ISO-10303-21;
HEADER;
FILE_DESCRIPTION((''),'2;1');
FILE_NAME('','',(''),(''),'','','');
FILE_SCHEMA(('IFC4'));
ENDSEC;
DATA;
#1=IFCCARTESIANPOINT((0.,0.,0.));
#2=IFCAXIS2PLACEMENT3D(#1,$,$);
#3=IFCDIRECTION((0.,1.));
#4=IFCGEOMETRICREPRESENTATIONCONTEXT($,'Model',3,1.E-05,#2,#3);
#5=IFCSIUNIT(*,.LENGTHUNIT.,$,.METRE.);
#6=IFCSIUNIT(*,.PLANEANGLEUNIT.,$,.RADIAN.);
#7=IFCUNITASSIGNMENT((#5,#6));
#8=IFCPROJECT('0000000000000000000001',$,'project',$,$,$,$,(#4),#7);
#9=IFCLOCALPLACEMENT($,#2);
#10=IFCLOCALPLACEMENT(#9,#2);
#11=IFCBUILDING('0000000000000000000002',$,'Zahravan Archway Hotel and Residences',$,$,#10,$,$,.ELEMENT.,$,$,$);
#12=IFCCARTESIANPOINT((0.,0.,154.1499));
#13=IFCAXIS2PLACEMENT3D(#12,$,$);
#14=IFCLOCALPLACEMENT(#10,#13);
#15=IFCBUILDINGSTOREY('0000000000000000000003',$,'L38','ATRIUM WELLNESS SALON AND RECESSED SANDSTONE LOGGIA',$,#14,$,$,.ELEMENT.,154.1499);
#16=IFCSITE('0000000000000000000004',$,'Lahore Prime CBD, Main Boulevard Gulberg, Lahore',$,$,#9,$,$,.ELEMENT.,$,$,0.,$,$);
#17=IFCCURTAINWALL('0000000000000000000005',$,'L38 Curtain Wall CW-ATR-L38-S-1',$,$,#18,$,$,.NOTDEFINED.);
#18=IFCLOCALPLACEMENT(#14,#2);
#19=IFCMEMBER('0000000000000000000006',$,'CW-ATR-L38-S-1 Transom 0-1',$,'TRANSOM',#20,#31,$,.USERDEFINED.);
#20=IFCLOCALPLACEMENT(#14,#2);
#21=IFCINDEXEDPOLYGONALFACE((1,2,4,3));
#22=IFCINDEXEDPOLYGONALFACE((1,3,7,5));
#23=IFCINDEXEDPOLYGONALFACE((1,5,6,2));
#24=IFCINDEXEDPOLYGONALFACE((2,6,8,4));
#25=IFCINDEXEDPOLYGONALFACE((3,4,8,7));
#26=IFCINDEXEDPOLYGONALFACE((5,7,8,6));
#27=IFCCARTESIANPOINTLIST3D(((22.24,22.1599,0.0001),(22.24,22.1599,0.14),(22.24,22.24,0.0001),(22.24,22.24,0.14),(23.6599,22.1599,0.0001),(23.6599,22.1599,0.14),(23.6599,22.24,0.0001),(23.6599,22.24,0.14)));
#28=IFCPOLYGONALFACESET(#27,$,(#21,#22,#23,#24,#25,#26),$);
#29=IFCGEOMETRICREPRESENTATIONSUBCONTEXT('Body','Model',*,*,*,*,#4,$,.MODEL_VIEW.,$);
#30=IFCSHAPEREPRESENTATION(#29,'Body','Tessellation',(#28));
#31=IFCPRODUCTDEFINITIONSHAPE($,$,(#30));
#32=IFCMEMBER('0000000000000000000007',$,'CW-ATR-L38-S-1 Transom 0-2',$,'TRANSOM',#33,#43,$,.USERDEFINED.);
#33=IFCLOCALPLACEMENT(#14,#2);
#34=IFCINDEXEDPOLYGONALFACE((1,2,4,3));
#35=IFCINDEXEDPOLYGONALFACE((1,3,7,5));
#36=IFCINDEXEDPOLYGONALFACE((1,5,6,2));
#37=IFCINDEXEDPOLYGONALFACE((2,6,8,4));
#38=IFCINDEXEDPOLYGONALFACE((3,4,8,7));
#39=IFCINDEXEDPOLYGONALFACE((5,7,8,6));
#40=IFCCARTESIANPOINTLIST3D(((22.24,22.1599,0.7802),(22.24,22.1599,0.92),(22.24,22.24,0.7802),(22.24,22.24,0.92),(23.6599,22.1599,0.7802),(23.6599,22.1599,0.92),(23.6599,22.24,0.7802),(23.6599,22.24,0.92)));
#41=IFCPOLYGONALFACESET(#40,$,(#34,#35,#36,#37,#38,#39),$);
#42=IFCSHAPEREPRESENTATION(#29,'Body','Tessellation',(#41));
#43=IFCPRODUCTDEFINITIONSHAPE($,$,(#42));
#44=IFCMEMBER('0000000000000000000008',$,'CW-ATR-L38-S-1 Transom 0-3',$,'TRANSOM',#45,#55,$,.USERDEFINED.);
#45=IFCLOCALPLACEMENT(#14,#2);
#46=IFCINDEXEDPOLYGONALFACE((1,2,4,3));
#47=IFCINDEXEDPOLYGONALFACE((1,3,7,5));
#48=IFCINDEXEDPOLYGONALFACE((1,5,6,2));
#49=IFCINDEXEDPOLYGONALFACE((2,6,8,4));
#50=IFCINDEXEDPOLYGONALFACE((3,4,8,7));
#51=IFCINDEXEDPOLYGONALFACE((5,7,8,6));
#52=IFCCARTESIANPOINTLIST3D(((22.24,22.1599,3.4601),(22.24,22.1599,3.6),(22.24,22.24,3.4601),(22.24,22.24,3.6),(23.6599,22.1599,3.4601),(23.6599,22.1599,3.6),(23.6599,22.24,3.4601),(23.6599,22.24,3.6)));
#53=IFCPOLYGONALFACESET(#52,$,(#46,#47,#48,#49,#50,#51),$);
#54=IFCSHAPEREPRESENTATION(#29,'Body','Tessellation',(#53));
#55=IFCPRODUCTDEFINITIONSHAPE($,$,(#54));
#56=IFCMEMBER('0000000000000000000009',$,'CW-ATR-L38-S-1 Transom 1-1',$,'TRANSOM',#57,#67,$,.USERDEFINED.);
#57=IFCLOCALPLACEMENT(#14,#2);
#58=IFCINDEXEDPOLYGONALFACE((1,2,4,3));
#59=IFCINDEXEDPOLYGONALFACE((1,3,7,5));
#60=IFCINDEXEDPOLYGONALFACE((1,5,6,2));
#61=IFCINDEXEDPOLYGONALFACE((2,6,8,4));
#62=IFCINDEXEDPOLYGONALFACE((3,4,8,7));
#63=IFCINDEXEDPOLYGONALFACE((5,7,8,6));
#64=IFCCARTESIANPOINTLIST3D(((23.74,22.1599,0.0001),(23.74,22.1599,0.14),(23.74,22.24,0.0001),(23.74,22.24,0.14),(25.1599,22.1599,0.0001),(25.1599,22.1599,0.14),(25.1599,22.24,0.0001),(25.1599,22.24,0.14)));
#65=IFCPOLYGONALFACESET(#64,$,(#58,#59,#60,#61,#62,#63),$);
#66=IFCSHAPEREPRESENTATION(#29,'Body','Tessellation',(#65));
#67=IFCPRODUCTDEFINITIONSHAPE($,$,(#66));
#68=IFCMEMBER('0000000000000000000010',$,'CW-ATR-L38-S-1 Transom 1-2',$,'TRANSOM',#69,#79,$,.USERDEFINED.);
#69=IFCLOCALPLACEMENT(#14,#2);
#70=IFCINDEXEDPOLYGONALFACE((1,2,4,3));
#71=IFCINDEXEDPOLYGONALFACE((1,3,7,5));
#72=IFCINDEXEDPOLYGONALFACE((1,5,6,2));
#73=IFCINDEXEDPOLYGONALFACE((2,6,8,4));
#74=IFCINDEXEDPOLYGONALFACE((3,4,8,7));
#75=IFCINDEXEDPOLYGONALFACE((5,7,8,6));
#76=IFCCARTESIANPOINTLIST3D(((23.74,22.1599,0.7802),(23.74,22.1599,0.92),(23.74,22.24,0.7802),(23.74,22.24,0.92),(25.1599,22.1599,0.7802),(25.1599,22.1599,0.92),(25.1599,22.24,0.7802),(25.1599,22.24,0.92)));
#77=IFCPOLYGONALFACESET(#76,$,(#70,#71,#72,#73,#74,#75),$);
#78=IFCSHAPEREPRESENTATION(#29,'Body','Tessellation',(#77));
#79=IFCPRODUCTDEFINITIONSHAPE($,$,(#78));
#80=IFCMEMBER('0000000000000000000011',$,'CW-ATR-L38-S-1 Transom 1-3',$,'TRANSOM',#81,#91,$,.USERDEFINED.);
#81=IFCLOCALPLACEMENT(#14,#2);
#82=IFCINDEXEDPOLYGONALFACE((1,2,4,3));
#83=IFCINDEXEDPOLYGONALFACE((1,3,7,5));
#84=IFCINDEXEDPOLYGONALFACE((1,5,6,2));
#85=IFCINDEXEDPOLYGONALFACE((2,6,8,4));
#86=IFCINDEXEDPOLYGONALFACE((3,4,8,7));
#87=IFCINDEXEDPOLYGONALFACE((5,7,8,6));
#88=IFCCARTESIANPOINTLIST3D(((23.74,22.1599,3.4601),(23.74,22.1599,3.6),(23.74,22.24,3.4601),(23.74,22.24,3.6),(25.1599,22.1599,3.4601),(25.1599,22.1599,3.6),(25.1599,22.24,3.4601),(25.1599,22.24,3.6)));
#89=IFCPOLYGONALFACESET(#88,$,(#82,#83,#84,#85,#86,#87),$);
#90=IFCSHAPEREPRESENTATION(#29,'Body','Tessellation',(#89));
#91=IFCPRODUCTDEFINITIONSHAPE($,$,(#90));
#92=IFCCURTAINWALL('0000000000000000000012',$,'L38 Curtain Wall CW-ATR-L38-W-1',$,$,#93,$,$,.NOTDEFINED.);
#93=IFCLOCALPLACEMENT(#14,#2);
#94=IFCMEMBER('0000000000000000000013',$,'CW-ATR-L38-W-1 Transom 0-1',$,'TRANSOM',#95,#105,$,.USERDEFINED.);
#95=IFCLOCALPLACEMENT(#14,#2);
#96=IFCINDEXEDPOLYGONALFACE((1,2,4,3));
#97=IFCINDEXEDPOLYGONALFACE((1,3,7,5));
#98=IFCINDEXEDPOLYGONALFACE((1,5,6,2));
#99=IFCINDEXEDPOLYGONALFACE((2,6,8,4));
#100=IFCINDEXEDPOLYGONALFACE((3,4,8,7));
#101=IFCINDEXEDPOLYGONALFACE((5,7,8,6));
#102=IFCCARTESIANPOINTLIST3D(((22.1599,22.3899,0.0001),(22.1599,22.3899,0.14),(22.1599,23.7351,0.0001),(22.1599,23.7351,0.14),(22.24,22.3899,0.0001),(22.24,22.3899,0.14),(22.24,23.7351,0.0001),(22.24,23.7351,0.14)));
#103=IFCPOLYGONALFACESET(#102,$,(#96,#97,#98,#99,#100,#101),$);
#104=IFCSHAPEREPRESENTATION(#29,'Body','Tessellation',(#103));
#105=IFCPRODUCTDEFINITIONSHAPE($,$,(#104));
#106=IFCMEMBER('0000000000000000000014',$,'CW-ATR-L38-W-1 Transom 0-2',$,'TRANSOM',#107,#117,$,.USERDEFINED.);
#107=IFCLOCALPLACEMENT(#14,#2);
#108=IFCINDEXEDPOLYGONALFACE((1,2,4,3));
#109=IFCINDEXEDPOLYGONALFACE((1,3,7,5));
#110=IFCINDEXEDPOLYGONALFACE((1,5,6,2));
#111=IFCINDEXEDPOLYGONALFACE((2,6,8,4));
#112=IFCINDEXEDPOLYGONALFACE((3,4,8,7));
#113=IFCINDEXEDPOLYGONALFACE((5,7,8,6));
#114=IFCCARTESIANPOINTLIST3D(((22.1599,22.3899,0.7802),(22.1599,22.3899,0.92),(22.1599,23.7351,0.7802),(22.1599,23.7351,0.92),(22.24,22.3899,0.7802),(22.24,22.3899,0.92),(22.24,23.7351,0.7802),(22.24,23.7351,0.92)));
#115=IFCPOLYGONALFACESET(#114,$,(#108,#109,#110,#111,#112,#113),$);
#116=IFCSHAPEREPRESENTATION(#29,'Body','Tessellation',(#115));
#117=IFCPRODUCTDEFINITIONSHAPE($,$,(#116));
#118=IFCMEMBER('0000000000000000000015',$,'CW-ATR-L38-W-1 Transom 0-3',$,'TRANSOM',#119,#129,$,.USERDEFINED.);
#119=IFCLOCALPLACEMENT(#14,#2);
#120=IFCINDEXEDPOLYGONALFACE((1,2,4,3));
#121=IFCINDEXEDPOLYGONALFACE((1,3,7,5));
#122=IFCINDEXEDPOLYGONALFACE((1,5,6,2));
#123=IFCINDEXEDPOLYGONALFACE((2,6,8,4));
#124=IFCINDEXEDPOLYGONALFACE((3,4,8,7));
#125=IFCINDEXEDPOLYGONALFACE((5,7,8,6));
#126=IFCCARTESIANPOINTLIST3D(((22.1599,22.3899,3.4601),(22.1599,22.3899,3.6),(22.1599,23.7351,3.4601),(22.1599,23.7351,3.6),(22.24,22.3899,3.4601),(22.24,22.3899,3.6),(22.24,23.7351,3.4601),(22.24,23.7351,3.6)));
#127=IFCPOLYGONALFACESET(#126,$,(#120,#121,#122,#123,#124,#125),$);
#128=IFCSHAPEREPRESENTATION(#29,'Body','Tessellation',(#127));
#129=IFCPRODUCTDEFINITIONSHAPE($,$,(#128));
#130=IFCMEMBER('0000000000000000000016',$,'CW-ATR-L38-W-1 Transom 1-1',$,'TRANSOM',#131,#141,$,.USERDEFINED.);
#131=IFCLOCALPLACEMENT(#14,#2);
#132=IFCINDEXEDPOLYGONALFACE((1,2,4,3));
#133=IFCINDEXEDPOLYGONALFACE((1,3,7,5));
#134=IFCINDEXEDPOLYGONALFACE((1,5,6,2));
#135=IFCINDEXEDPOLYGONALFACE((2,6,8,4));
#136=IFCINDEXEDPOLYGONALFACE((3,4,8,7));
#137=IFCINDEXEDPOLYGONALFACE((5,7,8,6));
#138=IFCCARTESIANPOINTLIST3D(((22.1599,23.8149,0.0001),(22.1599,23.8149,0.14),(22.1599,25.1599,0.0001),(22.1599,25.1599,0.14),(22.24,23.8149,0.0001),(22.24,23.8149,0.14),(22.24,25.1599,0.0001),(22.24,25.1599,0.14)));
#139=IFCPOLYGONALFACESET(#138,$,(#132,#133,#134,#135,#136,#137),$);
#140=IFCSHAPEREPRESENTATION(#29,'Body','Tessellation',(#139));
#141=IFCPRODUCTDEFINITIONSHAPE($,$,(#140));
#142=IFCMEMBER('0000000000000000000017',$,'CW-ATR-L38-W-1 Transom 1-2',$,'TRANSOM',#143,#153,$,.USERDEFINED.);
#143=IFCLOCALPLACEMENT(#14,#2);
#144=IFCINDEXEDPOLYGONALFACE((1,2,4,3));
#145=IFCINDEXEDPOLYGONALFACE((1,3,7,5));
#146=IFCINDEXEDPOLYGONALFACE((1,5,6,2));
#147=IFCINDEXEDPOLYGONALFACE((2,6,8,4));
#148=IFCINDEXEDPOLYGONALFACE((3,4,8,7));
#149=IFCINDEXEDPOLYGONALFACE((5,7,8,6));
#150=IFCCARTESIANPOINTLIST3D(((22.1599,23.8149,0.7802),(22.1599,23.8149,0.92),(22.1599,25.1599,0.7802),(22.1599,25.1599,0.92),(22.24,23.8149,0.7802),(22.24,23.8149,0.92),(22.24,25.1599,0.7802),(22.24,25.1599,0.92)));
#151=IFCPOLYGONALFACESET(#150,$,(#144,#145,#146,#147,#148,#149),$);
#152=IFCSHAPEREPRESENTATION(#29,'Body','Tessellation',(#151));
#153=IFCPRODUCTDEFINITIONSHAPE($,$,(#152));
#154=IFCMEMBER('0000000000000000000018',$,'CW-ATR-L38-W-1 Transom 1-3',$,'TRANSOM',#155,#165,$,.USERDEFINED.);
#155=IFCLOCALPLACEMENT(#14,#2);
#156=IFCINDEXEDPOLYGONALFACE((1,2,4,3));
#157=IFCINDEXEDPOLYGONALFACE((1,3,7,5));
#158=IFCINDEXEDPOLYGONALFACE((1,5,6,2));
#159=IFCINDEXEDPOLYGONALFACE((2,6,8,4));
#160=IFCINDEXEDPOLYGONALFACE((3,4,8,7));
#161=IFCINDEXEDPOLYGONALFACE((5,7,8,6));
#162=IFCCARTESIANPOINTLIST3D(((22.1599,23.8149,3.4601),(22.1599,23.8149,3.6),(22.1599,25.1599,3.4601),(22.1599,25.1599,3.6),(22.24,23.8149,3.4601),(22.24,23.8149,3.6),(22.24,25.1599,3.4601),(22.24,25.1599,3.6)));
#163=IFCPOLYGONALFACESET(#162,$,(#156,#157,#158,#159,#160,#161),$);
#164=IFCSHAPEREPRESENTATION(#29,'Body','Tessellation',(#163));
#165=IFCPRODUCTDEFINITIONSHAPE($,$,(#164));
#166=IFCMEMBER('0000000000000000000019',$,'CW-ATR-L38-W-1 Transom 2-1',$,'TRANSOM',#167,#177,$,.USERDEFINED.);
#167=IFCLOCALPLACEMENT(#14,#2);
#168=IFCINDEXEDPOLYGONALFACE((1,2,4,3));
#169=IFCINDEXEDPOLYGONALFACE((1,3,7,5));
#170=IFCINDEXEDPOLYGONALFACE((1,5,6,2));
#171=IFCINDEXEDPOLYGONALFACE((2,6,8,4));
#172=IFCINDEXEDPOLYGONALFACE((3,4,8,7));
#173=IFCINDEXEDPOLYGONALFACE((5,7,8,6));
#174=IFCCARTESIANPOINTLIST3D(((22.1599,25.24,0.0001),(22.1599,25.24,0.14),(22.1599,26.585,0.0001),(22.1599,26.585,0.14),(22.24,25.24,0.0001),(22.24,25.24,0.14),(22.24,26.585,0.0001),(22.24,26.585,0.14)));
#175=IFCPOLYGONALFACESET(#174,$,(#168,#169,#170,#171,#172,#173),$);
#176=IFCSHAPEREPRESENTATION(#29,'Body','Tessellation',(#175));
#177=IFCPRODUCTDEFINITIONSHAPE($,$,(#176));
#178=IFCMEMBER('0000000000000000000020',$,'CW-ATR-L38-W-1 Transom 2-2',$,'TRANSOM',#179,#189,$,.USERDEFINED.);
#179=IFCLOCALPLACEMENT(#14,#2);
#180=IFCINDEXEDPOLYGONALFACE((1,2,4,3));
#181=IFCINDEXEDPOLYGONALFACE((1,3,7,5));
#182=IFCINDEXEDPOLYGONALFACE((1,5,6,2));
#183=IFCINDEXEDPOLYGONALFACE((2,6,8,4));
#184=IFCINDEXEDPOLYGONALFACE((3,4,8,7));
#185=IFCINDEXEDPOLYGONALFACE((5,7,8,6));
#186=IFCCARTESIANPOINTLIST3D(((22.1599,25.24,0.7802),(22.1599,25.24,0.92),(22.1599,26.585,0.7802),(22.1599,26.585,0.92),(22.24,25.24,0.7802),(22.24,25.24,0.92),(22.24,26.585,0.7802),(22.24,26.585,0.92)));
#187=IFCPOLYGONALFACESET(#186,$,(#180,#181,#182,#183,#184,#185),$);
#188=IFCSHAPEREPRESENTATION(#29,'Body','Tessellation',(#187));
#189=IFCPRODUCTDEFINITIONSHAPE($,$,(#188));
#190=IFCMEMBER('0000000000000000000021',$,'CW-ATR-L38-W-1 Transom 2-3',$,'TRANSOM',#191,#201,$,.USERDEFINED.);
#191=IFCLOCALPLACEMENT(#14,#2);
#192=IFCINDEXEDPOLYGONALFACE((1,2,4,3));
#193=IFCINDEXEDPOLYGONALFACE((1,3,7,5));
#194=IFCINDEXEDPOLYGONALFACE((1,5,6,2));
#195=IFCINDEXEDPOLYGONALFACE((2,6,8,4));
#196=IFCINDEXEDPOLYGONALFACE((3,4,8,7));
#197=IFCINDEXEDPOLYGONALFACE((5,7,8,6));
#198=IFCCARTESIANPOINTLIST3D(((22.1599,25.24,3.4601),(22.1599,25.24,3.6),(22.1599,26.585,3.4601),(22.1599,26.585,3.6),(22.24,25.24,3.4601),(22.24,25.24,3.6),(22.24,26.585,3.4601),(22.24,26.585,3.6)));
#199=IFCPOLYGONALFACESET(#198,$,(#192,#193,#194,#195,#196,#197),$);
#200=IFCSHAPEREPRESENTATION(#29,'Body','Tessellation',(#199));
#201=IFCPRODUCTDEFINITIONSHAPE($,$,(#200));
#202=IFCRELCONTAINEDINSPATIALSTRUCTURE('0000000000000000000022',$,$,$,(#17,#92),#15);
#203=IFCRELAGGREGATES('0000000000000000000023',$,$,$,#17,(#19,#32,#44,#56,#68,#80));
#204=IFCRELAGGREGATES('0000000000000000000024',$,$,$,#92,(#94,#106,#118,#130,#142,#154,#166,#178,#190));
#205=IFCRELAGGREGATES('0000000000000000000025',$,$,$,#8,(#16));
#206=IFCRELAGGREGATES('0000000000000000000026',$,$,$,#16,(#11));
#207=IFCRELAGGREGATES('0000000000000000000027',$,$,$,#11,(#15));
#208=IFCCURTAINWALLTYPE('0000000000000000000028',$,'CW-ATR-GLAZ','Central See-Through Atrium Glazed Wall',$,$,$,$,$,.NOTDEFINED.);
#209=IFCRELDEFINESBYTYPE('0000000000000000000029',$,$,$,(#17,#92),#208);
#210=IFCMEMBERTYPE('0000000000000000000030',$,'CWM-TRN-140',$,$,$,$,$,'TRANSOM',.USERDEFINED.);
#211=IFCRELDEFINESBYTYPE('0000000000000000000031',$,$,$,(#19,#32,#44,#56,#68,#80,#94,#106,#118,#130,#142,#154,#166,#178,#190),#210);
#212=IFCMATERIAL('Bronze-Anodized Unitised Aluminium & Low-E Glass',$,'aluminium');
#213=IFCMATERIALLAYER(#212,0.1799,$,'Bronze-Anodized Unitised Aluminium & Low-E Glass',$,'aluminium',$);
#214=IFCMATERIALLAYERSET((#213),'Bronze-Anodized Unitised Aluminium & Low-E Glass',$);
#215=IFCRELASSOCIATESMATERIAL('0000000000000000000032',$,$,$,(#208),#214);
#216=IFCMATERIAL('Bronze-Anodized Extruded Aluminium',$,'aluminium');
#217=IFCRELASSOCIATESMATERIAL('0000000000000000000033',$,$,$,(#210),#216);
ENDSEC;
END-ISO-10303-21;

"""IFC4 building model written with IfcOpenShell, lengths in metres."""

from ifc_helpers import new_model, si_unit, direction, frame, origin, origin_2d, place, context, subcontext, project, spatial, rectangle, extrude, source, transform, mapped, material, layer, layer_set, material_profile, profile_set, type_object, element, aggregate, save


model = new_model("IFC4")

# Units and contexts
model_context = context("Model", 3, precision=1e-05, world=origin(), true_north=direction((0.0, 1.0)))
body_context = subcontext(model_context, "Body", "Model", "MODEL_VIEW")
ifc_project = project(units=[si_unit("LENGTHUNIT", "METRE"), si_unit("PLANEANGLEUNIT", "RADIAN")], contexts=[model_context])

# Site, building, storey
site_placement = place(None, origin())
site = spatial("IfcSite", under=ifc_project, at=site_placement, Name="Lahore Prime CBD, Main Boulevard Gulberg, Lahore", CompositionType="ELEMENT", RefElevation=0.0)
building_placement = place(site_placement, origin())
building = spatial("IfcBuilding", under=site, at=building_placement, Name="Zahravan Archway Hotel and Residences", CompositionType="ELEMENT")
storey_placement = place(building_placement, frame((0.0, 0.0, 154.1499)))
storey = spatial("IfcBuildingStorey", under=building, at=storey_placement, Name="L38", Description="ATRIUM WELLNESS SALON AND RECESSED SANDSTONE LOGGIA", CompositionType="ELEMENT", Elevation=154.1499)

# Curtain walls, members
ifc_material_1 = material(Name="Bronze-Anodized Unitised Aluminium & Low-E Glass", Category="aluminium")
ifc_layer_1 = layer(ifc_material_1, 0.1799, Name="Bronze-Anodized Unitised Aluminium & Low-E Glass", Category="aluminium")
ifc_layer_set_1 = layer_set([ifc_layer_1], Name="Bronze-Anodized Unitised Aluminium & Low-E Glass")
curtain_wall_type = type_object("IfcCurtainWallType", Name="CW-ATR-GLAZ", Description="Central See-Through Atrium Glazed Wall", PredefinedType="NOTDEFINED", material=ifc_layer_set_1)
curtain_wall_1_placement = place(storey_placement, origin())
curtain_wall_1 = element("IfcCurtainWall", 1, at=curtain_wall_1_placement, inside=storey, type_object=curtain_wall_type, Name="L38 Curtain Wall CW-ATR-L38-S-1", PredefinedType="NOTDEFINED")
ifc_material_2 = material(Name="Bronze-Anodized Extruded Aluminium", Category="aluminium")
ifc_material_profile_1 = material_profile(ifc_material_2, rectangle(XDim=0.0801, YDim=0.1399, at=origin_2d()), Name="TRN 80x140", Category="aluminium")
ifc_profile_set_1 = profile_set([ifc_material_profile_1], Name="Bronze-Anodized Extruded Aluminium")
member_type_1 = type_object("IfcMemberType", Name="CWM-TRN-140", ElementType="TRANSOM", PredefinedType="USERDEFINED", material=ifc_profile_set_1)
shared_shape_1 = source(origin(), body_context, "Body", "SweptSolid", [
    extrude(rectangle(XDim=0.0801, YDim=0.1399, at=origin_2d()), origin(), (0.0, 0.0, 1.0), 1.4199),
])
member_1_placement = place(storey_placement, frame((22.24, 22.2, 0.0701), z_axis=(1.0, 0.0, 0.0), x_axis=(0.0, 1.0, 0.0)))
member_1 = element("IfcMember", 2, at=member_1_placement, type_object=member_type_1, Name="CW-ATR-L38-S-1 Transom 0-1", ObjectType="TRANSOM", PredefinedType="USERDEFINED", context=body_context, shape_type="MappedRepresentation", body=[
    mapped(shared_shape_1, transform((0.0, 0.0, 0.0), scale=1.0)),
])
member_2_placement = place(storey_placement, frame((22.24, 22.2, 0.8501), z_axis=(1.0, 0.0, 0.0), x_axis=(0.0, 1.0, 0.0)))
member_2 = element("IfcMember", 3, at=member_2_placement, type_object=member_type_1, Name="CW-ATR-L38-S-1 Transom 0-2", ObjectType="TRANSOM", PredefinedType="USERDEFINED", context=body_context, shape_type="MappedRepresentation", body=[
    mapped(shared_shape_1, transform((0.0, 0.0, 0.0), scale=1.0)),
])
member_3_placement = place(storey_placement, frame((22.24, 22.2, 3.53), z_axis=(1.0, 0.0, 0.0), x_axis=(0.0, 1.0, 0.0)))
member_3 = element("IfcMember", 4, at=member_3_placement, type_object=member_type_1, Name="CW-ATR-L38-S-1 Transom 0-3", ObjectType="TRANSOM", PredefinedType="USERDEFINED", context=body_context, shape_type="MappedRepresentation", body=[
    mapped(shared_shape_1, transform((0.0, 0.0, 0.0), scale=1.0)),
])
member_4_placement = place(storey_placement, frame((23.74, 22.2, 0.0701), z_axis=(1.0, 0.0, 0.0), x_axis=(0.0, 1.0, 0.0)))
member_4 = element("IfcMember", 5, at=member_4_placement, type_object=member_type_1, Name="CW-ATR-L38-S-1 Transom 1-1", ObjectType="TRANSOM", PredefinedType="USERDEFINED", context=body_context, shape_type="MappedRepresentation", body=[
    mapped(shared_shape_1, transform((0.0, 0.0, 0.0), scale=1.0)),
])
member_5_placement = place(storey_placement, frame((23.74, 22.2, 0.8501), z_axis=(1.0, 0.0, 0.0), x_axis=(0.0, 1.0, 0.0)))
member_5 = element("IfcMember", 6, at=member_5_placement, type_object=member_type_1, Name="CW-ATR-L38-S-1 Transom 1-2", ObjectType="TRANSOM", PredefinedType="USERDEFINED", context=body_context, shape_type="MappedRepresentation", body=[
    mapped(shared_shape_1, transform((0.0, 0.0, 0.0), scale=1.0)),
])
member_6_placement = place(storey_placement, frame((23.74, 22.2, 3.53), z_axis=(1.0, 0.0, 0.0), x_axis=(0.0, 1.0, 0.0)))
member_6 = element("IfcMember", 7, at=member_6_placement, type_object=member_type_1, Name="CW-ATR-L38-S-1 Transom 1-3", ObjectType="TRANSOM", PredefinedType="USERDEFINED", context=body_context, shape_type="MappedRepresentation", body=[
    mapped(shared_shape_1, transform((0.0, 0.0, 0.0), scale=1.0)),
])
curtain_wall_2_placement = place(storey_placement, origin())
curtain_wall_2 = element("IfcCurtainWall", 8, at=curtain_wall_2_placement, inside=storey, type_object=curtain_wall_type, Name="L38 Curtain Wall CW-ATR-L38-W-1", PredefinedType="NOTDEFINED")
shared_shape_2 = source(origin(), body_context, "Body", "SweptSolid", [
    extrude(rectangle(XDim=0.0801, YDim=0.1399, at=origin_2d()), origin(), (0.0, 0.0, 1.0), 1.3452),
])
member_7_placement = place(storey_placement, frame((22.2, 22.3899, 0.0701), z_axis=(0.0, 1.0, 0.0), x_axis=(-1.0, 0.0, 0.0)))
member_7 = element("IfcMember", 9, at=member_7_placement, type_object=member_type_1, Name="CW-ATR-L38-W-1 Transom 0-1", ObjectType="TRANSOM", PredefinedType="USERDEFINED", context=body_context, shape_type="MappedRepresentation", body=[
    mapped(shared_shape_2, transform((0.0, 0.0, 0.0), scale=1.0)),
])
member_8_placement = place(storey_placement, frame((22.2, 22.3899, 0.8501), z_axis=(0.0, 1.0, 0.0), x_axis=(-1.0, 0.0, 0.0)))
member_8 = element("IfcMember", 10, at=member_8_placement, type_object=member_type_1, Name="CW-ATR-L38-W-1 Transom 0-2", ObjectType="TRANSOM", PredefinedType="USERDEFINED", context=body_context, shape_type="MappedRepresentation", body=[
    mapped(shared_shape_2, transform((0.0, 0.0, 0.0), scale=1.0)),
])
member_9_placement = place(storey_placement, frame((22.2, 22.3899, 3.53), z_axis=(0.0, 1.0, 0.0), x_axis=(-1.0, 0.0, 0.0)))
member_9 = element("IfcMember", 11, at=member_9_placement, type_object=member_type_1, Name="CW-ATR-L38-W-1 Transom 0-3", ObjectType="TRANSOM", PredefinedType="USERDEFINED", context=body_context, shape_type="MappedRepresentation", body=[
    mapped(shared_shape_2, transform((0.0, 0.0, 0.0), scale=1.0)),
])
shared_shape_3 = source(origin(), body_context, "Body", "SweptSolid", [
    extrude(rectangle(XDim=0.0801, YDim=0.1399, at=origin_2d()), origin(), (0.0, 0.0, 1.0), 1.345),
])
member_10_placement = place(storey_placement, frame((22.2, 23.8149, 0.0701), z_axis=(0.0, 1.0, 0.0), x_axis=(-1.0, 0.0, 0.0)))
member_10 = element("IfcMember", 12, at=member_10_placement, type_object=member_type_1, Name="CW-ATR-L38-W-1 Transom 1-1", ObjectType="TRANSOM", PredefinedType="USERDEFINED", context=body_context, shape_type="MappedRepresentation", body=[
    mapped(shared_shape_3, transform((0.0, 0.0, 0.0), scale=1.0)),
])
member_11_placement = place(storey_placement, frame((22.2, 23.8149, 0.8501), z_axis=(0.0, 1.0, 0.0), x_axis=(-1.0, 0.0, 0.0)))
member_11 = element("IfcMember", 13, at=member_11_placement, type_object=member_type_1, Name="CW-ATR-L38-W-1 Transom 1-2", ObjectType="TRANSOM", PredefinedType="USERDEFINED", context=body_context, shape_type="MappedRepresentation", body=[
    mapped(shared_shape_3, transform((0.0, 0.0, 0.0), scale=1.0)),
])
member_12_placement = place(storey_placement, frame((22.2, 23.8149, 3.53), z_axis=(0.0, 1.0, 0.0), x_axis=(-1.0, 0.0, 0.0)))
member_12 = element("IfcMember", 14, at=member_12_placement, type_object=member_type_1, Name="CW-ATR-L38-W-1 Transom 1-3", ObjectType="TRANSOM", PredefinedType="USERDEFINED", context=body_context, shape_type="MappedRepresentation", body=[
    mapped(shared_shape_3, transform((0.0, 0.0, 0.0), scale=1.0)),
])
member_13_placement = place(storey_placement, frame((22.2, 25.24, 0.0701), z_axis=(0.0, 1.0, 0.0), x_axis=(-1.0, 0.0, 0.0)))
member_13 = element("IfcMember", 15, at=member_13_placement, type_object=member_type_1, Name="CW-ATR-L38-W-1 Transom 2-1", ObjectType="TRANSOM", PredefinedType="USERDEFINED", context=body_context, shape_type="MappedRepresentation", body=[
    mapped(shared_shape_3, transform((0.0, 0.0, 0.0), scale=1.0)),
])
member_14_placement = place(storey_placement, frame((22.2, 25.24, 0.8501), z_axis=(0.0, 1.0, 0.0), x_axis=(-1.0, 0.0, 0.0)))
member_14 = element("IfcMember", 16, at=member_14_placement, type_object=member_type_1, Name="CW-ATR-L38-W-1 Transom 2-2", ObjectType="TRANSOM", PredefinedType="USERDEFINED", context=body_context, shape_type="MappedRepresentation", body=[
    mapped(shared_shape_3, transform((0.0, 0.0, 0.0), scale=1.0)),
])
member_15_placement = place(storey_placement, frame((22.2, 25.24, 3.53), z_axis=(0.0, 1.0, 0.0), x_axis=(-1.0, 0.0, 0.0)))
member_15 = element("IfcMember", 17, at=member_15_placement, type_object=member_type_1, Name="CW-ATR-L38-W-1 Transom 2-3", ObjectType="TRANSOM", PredefinedType="USERDEFINED", context=body_context, shape_type="MappedRepresentation", body=[
    mapped(shared_shape_3, transform((0.0, 0.0, 0.0), scale=1.0)),
])

aggregate(curtain_wall_1, [member_1, member_2, member_3, member_4, member_5, member_6])
aggregate(curtain_wall_2, [member_7, member_8, member_9, member_10, member_11, member_12, member_13, member_14, member_15])

save(model, "model.ifc")
